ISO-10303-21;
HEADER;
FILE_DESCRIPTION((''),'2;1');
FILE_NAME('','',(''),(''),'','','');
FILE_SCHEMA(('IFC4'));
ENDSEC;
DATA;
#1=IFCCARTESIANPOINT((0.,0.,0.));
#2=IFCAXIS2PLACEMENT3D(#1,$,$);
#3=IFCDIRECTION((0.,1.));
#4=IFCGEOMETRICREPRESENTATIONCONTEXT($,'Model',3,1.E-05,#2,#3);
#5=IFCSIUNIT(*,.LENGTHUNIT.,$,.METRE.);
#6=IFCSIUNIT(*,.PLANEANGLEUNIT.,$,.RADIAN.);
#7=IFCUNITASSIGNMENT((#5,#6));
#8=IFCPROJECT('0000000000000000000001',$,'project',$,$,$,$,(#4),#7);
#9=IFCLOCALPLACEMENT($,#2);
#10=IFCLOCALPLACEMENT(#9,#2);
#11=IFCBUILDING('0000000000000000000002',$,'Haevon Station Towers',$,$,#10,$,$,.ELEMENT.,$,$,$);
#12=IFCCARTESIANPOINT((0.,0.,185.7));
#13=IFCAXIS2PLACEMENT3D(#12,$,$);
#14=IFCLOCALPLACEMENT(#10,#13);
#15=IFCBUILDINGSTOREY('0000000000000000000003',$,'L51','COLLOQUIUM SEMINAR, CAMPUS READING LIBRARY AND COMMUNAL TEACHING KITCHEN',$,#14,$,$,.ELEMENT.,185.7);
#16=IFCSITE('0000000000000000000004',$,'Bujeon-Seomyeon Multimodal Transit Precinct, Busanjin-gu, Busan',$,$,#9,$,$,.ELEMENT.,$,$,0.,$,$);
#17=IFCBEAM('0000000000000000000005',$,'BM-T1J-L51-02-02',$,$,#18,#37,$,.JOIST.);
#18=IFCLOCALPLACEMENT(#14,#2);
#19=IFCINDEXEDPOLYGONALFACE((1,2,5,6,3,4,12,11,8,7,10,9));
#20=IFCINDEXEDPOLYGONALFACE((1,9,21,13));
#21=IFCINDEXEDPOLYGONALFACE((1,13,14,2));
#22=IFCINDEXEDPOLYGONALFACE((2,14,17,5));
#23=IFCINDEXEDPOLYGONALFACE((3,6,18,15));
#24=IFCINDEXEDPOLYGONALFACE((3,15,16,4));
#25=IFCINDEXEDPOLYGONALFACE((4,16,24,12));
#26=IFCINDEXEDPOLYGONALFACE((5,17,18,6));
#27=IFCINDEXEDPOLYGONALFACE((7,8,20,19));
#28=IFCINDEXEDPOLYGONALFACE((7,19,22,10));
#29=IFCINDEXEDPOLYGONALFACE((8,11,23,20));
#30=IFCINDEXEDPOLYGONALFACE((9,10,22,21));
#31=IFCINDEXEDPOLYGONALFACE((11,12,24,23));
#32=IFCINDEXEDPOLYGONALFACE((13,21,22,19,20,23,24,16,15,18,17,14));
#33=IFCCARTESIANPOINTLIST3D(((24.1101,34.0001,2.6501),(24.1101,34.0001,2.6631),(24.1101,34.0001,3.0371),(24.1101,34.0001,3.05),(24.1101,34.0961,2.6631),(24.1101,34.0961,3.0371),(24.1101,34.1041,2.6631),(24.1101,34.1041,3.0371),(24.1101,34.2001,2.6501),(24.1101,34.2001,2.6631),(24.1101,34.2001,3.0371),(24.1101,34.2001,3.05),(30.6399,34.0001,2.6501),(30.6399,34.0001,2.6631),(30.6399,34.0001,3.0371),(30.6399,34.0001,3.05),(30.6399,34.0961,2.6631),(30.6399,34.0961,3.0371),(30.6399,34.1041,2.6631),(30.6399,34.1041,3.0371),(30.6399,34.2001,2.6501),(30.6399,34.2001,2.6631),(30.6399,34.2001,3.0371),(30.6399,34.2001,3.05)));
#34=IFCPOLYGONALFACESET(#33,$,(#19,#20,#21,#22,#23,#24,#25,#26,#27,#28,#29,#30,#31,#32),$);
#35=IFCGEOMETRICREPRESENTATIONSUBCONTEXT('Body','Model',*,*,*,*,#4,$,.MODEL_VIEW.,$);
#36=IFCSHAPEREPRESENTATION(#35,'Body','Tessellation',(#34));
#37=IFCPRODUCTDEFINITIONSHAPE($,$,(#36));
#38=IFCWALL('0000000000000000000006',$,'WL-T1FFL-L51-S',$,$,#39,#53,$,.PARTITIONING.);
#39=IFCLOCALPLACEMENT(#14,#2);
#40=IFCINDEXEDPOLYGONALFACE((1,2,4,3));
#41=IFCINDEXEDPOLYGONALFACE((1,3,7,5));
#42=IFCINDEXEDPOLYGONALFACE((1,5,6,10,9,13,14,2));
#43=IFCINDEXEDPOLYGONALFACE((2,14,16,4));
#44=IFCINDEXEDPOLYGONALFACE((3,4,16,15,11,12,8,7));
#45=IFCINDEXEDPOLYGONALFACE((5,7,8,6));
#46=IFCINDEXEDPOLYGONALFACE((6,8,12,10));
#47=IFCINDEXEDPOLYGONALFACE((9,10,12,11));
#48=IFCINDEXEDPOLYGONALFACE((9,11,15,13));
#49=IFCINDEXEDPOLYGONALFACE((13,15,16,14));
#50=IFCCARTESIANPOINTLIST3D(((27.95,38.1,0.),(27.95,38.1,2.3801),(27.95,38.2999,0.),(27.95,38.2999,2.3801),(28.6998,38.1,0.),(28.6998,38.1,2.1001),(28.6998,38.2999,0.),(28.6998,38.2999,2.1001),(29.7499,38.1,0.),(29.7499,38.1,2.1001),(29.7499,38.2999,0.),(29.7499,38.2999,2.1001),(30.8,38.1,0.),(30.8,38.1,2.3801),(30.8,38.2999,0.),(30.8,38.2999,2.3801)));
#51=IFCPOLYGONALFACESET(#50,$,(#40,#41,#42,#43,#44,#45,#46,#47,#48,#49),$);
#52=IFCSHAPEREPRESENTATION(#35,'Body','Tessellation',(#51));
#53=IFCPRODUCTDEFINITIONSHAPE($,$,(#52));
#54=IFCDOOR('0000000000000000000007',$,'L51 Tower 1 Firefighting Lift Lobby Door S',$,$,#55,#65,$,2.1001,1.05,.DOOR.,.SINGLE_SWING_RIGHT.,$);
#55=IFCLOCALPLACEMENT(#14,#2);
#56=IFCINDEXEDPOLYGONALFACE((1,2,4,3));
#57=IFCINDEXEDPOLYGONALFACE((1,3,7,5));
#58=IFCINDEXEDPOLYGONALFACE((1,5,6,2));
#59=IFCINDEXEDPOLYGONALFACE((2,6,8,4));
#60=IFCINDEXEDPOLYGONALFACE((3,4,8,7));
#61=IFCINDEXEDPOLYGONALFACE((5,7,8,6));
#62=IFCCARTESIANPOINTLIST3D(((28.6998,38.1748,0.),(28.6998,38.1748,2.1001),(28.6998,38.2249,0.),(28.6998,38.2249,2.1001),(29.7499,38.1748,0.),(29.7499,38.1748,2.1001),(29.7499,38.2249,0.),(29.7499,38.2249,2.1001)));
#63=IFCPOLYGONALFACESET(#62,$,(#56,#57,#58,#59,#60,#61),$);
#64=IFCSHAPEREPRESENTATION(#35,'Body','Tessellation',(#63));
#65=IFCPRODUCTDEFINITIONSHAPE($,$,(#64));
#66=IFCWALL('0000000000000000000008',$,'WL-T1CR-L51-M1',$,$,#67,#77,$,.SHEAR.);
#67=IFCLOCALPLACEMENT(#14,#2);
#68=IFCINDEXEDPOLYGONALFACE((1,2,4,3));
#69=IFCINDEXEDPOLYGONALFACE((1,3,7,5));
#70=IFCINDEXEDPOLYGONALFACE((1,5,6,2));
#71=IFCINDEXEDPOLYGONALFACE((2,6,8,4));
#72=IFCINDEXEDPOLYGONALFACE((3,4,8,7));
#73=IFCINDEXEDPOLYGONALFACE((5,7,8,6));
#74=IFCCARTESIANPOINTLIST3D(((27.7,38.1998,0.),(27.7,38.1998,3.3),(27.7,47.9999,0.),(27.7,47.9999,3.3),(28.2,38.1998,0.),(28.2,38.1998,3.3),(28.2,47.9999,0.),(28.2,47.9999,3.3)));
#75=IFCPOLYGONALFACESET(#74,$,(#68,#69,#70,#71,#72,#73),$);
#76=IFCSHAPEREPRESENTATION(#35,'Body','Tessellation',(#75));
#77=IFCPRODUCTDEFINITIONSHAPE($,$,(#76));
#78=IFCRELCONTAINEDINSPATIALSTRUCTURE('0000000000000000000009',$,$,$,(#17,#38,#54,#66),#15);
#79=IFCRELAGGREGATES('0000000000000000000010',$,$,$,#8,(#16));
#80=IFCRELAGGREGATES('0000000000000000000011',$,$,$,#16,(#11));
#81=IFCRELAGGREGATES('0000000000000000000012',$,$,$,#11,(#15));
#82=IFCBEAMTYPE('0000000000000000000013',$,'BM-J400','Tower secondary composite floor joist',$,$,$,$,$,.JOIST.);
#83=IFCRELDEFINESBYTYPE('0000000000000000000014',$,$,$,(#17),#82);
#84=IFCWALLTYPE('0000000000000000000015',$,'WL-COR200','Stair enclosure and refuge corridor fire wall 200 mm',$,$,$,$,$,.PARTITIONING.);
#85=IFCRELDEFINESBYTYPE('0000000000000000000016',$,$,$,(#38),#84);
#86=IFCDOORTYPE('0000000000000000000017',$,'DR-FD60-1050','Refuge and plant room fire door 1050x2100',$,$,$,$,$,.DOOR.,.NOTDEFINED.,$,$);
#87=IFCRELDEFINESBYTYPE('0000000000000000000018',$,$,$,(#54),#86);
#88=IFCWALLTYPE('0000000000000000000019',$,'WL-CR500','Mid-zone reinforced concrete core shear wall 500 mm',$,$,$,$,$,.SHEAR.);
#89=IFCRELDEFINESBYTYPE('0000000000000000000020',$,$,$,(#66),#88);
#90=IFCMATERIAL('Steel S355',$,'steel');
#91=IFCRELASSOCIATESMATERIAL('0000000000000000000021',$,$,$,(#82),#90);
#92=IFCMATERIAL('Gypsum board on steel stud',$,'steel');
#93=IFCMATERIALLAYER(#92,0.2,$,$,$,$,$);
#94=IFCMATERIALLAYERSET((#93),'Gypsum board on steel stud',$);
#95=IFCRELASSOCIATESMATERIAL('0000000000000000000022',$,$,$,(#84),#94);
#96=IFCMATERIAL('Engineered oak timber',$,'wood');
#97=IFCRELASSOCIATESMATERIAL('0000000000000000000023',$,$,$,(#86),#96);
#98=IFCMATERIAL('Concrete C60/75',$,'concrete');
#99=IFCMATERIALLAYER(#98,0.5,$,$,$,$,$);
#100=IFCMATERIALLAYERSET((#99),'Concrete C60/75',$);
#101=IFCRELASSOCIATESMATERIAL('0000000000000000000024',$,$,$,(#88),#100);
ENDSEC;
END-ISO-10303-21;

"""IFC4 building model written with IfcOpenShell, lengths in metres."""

from ifc_helpers import new_model, si_unit, direction, frame, frame_2d, origin, origin_2d, place, context, subcontext, project, spatial, rectangle, i_section, extrude, material, layer, layer_set, material_profile, profile_set, type_object, element, fill, save


model = new_model("IFC4")

# Units and contexts
model_context = context("Model", 3, precision=1e-05, world=origin(), true_north=direction((0.0, 1.0)))
body_context = subcontext(model_context, "Body", "Model", "MODEL_VIEW")
ifc_project = project(units=[si_unit("LENGTHUNIT", "METRE"), si_unit("PLANEANGLEUNIT", "RADIAN")], contexts=[model_context])

# Site, building, storey
site_placement = place(None, origin())
site = spatial("IfcSite", under=ifc_project, at=site_placement, Name="Bujeon-Seomyeon Multimodal Transit Precinct, Busanjin-gu, Busan", CompositionType="ELEMENT", RefElevation=0.0)
building_placement = place(site_placement, origin())
building = spatial("IfcBuilding", under=site, at=building_placement, Name="Haevon Station Towers", CompositionType="ELEMENT")
storey_placement = place(building_placement, frame((0.0, 0.0, 185.7)))
storey = spatial("IfcBuildingStorey", under=building, at=storey_placement, Name="L51", Description="COLLOQUIUM SEMINAR, CAMPUS READING LIBRARY AND COMMUNAL TEACHING KITCHEN", CompositionType="ELEMENT", Elevation=185.7)

# Beam
ifc_material_1 = material(Name="Steel S355", Category="steel")
ifc_material_profile = material_profile(ifc_material_1, i_section(OverallWidth=0.2, OverallDepth=0.3999, WebThickness=0.0081, FlangeThickness=0.0129, at=origin_2d()), Name="H-400x200x8x13")
ifc_profile_set = profile_set([ifc_material_profile], Name="Steel S355")
beam_type = type_object("IfcBeamType", Name="BM-J400", Description="Tower secondary composite floor joist", PredefinedType="JOIST", material=ifc_profile_set)
beam_placement = place(storey_placement, frame((24.1101, 34.1001, 2.8501), z_axis=(1.0, 0.0, 0.0), x_axis=(0.0, 1.0, 0.0)))
element("IfcBeam", 1, at=beam_placement, inside=storey, type_object=beam_type, Name="BM-T1J-L51-02-02", PredefinedType="JOIST", context=body_context, shape_type="SweptSolid", body=[
    extrude(i_section(OverallWidth=0.2, OverallDepth=0.3999, WebThickness=0.0081, FlangeThickness=0.0129, at=origin_2d()), origin(), (0.0, 0.0, 1.0), 6.5298),
])

# Wall, opening, door
ifc_material_2 = material(Name="Gypsum board on steel stud", Category="steel")
ifc_layer_1 = layer(ifc_material_2, 0.2)
ifc_layer_set_1 = layer_set([ifc_layer_1], Name="Gypsum board on steel stud")
wall_type_1 = type_object("IfcWallType", Name="WL-COR200", Description="Stair enclosure and refuge corridor fire wall 200 mm", PredefinedType="PARTITIONING", material=ifc_layer_set_1)
wall_1_placement = place(storey_placement, frame((27.95, 38.2, 0.0), z_axis=(0.0, 0.0, 1.0), x_axis=(1.0, 0.0, 0.0)))
wall_1 = element("IfcWall", 2, at=wall_1_placement, inside=storey, type_object=wall_type_1, Name="WL-T1FFL-L51-S", PredefinedType="PARTITIONING", context=body_context, shape_type="SweptSolid", body=[
    extrude(rectangle(XDim=2.8501, YDim=0.2, at=frame_2d((1.425, 0.0))), origin(), (0.0, 0.0, 1.0), 2.3801),
])
opening_1_placement = place(wall_1_placement, frame((0.75, 0.0, 0.0)))
opening_1 = element("IfcOpeningElement", 3, at=opening_1_placement, cuts=wall_1, PredefinedType="OPENING", context=body_context, shape_type="SweptSolid", body=[
    extrude(rectangle(XDim=1.05, YDim=2.1001, at=frame_2d((0.5249, 1.05))), frame((0.0, 0.1099, 0.0), z_axis=(0.0, -1.0, 0.0), x_axis=(1.0, 0.0, 0.0)), (0.0, 0.0, 1.0), 0.22),
])
ifc_material_3 = material(Name="Engineered oak timber", Category="wood")
door_type_1 = type_object("IfcDoorType", Name="DR-FD60-1050", Description="Refuge and plant room fire door 1050x2100", OperationType="NOTDEFINED", PredefinedType="DOOR", material=ifc_material_3)
door_1_placement = place(opening_1_placement, origin())
door_1 = element("IfcDoor", 4, at=door_1_placement, inside=storey, type_object=door_type_1, Name="L51 Tower 1 Firefighting Lift Lobby Door S", OperationType="SINGLE_SWING_RIGHT", OverallHeight=2.1001, OverallWidth=1.05, PredefinedType="DOOR", context=body_context, shape_type="SweptSolid", body=[
    extrude(rectangle(XDim=1.05, YDim=2.1001, at=frame_2d((0.5249, 1.05))), frame((0.0, 0.0249, 0.0), z_axis=(0.0, -1.0, 0.0), x_axis=(1.0, 0.0, 0.0)), (0.0, 0.0, 1.0), 0.05),
])
fill(opening_1, door_1)

# Wall
ifc_material_4 = material(Name="Concrete C60/75", Category="concrete")
ifc_layer_2 = layer(ifc_material_4, 0.5)
ifc_layer_set_2 = layer_set([ifc_layer_2], Name="Concrete C60/75")
wall_type_2 = type_object("IfcWallType", Name="WL-CR500", Description="Mid-zone reinforced concrete core shear wall 500 mm", PredefinedType="SHEAR", material=ifc_layer_set_2)
wall_2_placement = place(storey_placement, frame((27.95, 38.2, 0.0), z_axis=(0.0, 0.0, 1.0), x_axis=(0.0, 1.0, 0.0)))
element("IfcWall", 5, at=wall_2_placement, inside=storey, type_object=wall_type_2, Name="WL-T1CR-L51-M1", PredefinedType="SHEAR", context=body_context, shape_type="SweptSolid", body=[
    extrude(rectangle(XDim=9.8, YDim=0.5, at=frame_2d((4.8999, 0.0))), origin(), (0.0, 0.0, 1.0), 3.3),
])

save(model, "model.ifc")
